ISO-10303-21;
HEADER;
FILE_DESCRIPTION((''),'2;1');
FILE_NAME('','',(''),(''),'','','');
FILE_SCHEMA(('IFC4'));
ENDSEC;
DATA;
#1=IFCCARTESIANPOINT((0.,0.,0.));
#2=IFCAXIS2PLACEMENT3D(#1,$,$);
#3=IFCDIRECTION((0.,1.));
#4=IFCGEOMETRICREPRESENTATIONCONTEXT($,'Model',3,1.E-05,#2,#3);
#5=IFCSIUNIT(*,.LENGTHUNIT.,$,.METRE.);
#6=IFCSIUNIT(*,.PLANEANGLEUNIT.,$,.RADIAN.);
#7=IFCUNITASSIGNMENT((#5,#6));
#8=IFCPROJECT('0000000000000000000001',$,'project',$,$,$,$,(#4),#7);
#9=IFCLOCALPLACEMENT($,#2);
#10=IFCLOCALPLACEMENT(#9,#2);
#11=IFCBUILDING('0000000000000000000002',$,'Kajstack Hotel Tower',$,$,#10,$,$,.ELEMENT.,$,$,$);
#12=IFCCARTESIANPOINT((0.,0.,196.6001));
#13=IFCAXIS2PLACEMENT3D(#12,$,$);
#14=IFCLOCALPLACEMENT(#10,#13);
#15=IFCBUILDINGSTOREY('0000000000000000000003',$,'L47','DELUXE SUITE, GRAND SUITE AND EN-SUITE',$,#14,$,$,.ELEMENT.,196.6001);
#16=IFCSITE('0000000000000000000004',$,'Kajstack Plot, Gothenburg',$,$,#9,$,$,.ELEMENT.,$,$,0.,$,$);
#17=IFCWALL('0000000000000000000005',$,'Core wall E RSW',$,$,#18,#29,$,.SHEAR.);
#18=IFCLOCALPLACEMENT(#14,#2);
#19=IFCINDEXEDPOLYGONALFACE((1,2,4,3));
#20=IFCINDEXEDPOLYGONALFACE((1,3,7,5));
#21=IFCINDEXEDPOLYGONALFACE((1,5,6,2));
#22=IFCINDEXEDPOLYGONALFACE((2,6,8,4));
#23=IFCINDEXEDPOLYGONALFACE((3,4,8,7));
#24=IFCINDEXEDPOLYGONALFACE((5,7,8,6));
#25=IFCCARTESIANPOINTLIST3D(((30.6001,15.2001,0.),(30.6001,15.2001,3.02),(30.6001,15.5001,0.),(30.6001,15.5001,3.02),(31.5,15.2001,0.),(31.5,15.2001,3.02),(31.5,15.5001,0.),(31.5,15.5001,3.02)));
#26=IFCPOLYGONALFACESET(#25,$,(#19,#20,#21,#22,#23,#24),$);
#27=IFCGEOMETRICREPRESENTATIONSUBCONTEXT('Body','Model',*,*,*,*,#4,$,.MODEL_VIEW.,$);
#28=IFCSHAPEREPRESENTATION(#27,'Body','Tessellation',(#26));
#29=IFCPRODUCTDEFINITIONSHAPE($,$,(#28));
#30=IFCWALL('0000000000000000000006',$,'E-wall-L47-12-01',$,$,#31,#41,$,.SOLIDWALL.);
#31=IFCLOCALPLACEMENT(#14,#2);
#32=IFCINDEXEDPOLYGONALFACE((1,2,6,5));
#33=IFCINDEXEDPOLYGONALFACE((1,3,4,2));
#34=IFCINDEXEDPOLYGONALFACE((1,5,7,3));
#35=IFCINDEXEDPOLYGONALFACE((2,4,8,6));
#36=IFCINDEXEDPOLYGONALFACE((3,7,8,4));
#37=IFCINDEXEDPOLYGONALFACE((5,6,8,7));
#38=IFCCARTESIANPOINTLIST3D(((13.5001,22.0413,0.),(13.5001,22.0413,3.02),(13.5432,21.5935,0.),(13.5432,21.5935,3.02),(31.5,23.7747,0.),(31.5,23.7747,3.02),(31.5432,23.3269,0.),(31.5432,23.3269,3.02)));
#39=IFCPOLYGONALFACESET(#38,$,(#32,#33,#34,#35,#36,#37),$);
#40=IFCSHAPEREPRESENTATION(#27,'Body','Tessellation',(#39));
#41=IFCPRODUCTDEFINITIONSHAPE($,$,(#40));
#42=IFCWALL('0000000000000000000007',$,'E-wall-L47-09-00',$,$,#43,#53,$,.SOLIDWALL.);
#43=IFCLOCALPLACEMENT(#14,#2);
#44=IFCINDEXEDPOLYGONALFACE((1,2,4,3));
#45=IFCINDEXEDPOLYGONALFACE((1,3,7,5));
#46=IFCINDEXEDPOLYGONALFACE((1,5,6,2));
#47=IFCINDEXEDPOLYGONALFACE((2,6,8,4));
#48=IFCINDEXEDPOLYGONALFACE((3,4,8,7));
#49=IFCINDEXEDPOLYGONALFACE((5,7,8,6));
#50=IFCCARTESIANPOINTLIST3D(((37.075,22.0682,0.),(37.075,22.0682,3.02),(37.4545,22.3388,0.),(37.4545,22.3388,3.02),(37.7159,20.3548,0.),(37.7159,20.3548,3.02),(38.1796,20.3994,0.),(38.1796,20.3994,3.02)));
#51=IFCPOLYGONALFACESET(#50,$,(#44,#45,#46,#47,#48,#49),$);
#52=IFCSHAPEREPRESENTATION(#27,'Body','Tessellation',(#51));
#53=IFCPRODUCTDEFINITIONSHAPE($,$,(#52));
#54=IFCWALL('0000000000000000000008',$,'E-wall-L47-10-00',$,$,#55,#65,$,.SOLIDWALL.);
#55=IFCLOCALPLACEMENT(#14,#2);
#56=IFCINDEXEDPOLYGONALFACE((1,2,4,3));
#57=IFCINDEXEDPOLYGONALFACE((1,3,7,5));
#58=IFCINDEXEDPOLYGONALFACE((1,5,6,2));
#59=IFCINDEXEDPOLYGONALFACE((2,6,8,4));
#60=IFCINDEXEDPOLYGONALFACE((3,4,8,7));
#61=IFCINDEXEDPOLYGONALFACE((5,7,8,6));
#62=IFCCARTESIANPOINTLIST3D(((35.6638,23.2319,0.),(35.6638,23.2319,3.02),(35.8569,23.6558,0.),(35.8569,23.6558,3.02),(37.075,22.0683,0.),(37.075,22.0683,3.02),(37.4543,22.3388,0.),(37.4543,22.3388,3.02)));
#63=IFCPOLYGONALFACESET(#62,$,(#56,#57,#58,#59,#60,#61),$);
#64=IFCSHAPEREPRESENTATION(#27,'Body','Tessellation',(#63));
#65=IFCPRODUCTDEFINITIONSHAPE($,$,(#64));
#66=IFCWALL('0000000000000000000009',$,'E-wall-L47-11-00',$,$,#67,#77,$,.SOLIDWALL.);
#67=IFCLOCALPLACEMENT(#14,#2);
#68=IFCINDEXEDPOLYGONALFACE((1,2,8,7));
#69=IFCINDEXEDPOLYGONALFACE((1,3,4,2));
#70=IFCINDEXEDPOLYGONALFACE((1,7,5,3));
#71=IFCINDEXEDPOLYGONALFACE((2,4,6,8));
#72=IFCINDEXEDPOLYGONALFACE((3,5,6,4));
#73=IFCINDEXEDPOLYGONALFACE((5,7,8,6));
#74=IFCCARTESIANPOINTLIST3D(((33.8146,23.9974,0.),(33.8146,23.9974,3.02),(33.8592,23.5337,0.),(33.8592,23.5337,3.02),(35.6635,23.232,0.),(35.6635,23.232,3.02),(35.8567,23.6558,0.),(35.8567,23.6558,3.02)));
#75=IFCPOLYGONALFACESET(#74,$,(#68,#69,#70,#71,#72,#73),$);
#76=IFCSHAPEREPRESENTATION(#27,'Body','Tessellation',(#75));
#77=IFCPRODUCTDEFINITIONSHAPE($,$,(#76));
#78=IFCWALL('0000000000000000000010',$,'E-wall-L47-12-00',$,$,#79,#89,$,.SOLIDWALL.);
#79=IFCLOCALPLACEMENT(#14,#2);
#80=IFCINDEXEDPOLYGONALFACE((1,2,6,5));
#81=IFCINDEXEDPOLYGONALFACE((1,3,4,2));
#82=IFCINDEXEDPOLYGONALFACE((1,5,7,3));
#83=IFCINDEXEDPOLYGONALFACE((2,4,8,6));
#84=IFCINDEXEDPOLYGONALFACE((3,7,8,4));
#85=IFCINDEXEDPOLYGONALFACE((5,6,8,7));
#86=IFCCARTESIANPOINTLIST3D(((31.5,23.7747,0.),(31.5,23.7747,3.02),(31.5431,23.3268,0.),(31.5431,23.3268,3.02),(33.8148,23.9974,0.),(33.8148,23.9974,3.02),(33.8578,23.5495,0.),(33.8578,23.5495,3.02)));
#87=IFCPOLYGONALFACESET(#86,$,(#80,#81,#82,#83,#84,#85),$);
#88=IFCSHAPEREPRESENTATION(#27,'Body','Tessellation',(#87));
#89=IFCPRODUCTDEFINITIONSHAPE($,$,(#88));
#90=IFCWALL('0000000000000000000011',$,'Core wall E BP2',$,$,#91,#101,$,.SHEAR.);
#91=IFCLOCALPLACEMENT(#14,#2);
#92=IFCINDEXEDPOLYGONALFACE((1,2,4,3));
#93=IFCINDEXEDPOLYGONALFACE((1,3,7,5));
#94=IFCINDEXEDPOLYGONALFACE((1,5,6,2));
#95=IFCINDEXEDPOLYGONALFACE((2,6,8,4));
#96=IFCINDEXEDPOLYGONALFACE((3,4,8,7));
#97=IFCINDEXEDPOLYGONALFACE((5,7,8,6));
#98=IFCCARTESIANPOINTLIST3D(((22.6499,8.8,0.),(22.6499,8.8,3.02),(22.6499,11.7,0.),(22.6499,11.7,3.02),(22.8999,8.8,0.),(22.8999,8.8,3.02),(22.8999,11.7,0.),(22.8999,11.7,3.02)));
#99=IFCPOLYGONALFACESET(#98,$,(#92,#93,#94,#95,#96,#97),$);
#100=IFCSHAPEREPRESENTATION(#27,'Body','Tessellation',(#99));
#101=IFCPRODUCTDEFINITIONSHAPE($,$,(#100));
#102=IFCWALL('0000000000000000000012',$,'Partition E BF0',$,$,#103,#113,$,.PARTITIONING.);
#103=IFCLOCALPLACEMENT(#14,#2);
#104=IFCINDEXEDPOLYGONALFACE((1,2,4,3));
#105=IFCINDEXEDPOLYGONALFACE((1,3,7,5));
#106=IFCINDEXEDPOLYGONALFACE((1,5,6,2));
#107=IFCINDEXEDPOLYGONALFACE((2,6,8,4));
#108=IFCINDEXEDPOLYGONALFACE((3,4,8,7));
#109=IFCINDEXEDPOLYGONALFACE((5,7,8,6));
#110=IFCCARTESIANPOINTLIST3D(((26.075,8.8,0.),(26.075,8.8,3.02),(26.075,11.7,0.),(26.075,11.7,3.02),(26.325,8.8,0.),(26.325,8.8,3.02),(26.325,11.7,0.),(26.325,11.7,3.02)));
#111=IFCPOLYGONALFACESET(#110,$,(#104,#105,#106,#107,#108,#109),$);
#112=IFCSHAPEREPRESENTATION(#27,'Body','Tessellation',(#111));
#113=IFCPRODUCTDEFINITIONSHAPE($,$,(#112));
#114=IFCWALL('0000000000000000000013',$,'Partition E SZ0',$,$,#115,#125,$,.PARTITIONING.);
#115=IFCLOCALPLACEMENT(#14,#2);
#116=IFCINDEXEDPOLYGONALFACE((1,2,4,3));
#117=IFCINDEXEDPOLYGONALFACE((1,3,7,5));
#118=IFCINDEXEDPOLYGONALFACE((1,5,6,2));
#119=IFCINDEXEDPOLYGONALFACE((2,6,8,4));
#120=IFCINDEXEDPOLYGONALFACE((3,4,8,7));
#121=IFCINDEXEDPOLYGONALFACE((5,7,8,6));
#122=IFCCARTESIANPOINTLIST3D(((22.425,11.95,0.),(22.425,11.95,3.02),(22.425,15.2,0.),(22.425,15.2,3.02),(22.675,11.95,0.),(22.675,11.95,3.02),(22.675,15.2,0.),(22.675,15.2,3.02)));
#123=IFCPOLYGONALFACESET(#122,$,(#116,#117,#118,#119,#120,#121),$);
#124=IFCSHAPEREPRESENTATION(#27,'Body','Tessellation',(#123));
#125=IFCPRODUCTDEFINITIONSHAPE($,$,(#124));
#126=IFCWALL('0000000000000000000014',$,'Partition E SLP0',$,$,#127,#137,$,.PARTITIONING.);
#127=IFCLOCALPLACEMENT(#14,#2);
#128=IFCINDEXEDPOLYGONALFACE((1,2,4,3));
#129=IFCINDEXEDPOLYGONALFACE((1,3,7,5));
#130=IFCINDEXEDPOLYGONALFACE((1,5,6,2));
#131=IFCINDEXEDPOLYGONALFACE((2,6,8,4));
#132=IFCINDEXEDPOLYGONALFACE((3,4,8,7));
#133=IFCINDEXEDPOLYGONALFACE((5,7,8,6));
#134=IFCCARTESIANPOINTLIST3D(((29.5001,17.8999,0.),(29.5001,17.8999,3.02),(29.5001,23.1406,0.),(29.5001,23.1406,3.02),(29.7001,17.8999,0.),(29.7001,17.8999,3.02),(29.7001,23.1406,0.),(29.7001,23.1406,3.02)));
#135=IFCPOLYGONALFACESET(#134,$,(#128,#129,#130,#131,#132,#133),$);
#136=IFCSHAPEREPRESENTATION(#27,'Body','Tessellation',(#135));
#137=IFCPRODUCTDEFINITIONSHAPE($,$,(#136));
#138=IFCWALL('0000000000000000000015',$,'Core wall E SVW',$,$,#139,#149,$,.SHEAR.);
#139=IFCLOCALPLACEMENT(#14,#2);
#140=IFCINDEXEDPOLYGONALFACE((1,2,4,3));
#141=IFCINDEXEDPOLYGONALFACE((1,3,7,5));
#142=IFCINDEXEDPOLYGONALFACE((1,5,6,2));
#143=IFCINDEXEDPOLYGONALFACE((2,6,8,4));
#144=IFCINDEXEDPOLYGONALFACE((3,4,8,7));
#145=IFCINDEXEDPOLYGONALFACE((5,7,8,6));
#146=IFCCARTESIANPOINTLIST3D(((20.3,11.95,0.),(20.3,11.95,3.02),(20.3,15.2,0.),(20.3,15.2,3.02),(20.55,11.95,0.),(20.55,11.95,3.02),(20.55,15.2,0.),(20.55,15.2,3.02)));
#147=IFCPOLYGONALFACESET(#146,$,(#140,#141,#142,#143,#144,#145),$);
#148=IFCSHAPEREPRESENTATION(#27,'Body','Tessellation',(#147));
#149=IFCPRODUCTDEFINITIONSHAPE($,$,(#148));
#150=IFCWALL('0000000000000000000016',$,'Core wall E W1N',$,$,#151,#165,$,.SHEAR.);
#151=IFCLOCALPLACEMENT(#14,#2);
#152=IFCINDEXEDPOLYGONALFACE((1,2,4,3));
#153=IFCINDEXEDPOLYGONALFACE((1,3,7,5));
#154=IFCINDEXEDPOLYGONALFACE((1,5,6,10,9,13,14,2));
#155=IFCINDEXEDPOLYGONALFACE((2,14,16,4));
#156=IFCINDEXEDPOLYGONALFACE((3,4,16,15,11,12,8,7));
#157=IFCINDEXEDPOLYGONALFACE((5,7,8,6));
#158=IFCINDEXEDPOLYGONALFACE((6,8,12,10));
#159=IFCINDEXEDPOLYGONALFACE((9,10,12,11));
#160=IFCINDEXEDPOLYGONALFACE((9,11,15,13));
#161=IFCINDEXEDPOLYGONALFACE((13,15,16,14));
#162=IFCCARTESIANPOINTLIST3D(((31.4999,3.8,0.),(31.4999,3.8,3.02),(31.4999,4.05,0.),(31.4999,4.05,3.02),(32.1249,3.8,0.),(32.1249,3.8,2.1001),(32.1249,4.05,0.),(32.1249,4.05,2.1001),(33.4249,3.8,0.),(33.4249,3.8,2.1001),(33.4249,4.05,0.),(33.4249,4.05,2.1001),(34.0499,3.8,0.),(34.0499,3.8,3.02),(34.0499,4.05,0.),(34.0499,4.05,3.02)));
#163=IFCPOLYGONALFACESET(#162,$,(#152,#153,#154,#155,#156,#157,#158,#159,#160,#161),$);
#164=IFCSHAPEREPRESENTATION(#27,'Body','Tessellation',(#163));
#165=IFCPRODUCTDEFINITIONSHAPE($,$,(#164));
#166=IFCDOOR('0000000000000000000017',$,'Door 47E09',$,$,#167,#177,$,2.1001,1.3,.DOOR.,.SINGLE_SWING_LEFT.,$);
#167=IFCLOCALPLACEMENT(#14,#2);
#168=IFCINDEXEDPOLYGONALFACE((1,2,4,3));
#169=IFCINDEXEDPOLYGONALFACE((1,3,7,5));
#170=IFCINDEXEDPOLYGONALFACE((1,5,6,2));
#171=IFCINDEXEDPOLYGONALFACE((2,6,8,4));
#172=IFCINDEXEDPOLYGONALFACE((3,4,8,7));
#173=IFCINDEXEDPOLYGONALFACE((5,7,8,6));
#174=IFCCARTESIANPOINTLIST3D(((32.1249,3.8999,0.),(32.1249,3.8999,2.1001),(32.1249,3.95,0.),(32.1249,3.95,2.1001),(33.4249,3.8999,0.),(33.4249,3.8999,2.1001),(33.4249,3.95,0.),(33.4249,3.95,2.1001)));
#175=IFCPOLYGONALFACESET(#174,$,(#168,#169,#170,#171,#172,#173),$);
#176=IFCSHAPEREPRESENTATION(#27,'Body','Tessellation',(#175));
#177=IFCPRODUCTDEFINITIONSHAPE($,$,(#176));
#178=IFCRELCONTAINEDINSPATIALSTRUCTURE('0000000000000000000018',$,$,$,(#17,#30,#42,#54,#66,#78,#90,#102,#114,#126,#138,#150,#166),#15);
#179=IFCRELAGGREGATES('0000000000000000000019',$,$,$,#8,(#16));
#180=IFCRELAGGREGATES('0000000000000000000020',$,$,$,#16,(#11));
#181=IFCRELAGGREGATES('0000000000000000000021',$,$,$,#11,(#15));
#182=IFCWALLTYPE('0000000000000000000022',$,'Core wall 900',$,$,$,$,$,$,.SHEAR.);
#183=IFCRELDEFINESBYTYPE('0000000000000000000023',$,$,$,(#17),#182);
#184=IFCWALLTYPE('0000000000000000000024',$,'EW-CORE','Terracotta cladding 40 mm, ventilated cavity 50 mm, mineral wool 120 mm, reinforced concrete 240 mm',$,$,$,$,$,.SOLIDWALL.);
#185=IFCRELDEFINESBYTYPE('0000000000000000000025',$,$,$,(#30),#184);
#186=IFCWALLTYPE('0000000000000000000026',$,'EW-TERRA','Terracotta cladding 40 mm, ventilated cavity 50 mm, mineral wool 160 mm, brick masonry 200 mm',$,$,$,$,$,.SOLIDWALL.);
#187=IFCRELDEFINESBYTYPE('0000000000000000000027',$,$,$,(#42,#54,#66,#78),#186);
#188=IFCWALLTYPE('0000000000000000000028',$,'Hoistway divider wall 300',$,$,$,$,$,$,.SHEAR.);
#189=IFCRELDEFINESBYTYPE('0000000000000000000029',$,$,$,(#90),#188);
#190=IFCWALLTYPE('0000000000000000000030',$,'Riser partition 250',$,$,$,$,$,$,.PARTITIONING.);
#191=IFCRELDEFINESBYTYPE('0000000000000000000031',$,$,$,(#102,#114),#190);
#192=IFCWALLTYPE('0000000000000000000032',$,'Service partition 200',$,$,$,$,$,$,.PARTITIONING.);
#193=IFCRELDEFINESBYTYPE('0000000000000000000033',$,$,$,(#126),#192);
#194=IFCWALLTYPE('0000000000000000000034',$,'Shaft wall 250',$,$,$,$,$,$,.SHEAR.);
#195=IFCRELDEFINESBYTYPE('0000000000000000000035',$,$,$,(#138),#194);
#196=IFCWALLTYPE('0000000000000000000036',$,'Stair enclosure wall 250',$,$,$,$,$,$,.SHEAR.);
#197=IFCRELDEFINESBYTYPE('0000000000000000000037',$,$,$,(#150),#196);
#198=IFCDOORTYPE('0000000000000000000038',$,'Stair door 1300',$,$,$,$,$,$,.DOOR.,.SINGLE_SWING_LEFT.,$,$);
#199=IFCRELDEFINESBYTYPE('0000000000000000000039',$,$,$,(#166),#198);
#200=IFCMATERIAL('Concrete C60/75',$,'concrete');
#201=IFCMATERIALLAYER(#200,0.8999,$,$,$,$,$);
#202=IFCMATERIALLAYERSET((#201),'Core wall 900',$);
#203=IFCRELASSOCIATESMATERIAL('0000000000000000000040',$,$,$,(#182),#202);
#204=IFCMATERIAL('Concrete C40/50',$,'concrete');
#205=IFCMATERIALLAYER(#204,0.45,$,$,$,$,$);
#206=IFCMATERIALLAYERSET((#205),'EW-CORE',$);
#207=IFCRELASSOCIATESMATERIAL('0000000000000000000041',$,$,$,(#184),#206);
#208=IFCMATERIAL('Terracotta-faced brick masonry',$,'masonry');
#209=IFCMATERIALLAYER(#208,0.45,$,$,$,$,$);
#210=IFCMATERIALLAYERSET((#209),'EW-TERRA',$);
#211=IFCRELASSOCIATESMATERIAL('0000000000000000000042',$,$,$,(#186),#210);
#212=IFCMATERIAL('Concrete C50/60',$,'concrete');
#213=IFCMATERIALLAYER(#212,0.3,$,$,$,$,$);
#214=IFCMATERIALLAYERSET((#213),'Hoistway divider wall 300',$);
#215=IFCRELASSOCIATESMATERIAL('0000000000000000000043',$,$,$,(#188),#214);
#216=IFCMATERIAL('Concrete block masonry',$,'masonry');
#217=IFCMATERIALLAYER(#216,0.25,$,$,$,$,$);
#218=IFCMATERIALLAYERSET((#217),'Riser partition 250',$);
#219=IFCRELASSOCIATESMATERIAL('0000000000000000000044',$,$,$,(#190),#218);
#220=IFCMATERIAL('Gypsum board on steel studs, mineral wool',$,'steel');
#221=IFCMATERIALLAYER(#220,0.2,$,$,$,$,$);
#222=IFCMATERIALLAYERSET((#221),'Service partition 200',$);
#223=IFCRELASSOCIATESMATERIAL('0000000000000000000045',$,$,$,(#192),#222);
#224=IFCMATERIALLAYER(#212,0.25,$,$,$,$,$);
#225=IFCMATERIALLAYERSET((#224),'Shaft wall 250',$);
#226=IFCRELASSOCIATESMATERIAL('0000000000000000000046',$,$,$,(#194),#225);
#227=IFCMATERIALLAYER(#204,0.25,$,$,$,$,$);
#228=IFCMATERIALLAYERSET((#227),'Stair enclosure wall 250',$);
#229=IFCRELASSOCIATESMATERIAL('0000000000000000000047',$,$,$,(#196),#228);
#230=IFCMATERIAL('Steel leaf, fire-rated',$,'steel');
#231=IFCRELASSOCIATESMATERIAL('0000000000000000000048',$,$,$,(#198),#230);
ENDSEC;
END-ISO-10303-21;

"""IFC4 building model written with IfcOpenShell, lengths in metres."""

from ifc_helpers import new_model, si_unit, direction, frame, frame_2d, origin, place, context, subcontext, project, spatial, polyline, rectangle, outline, extrude, material, layer, layer_set, type_object, element, fill, save


model = new_model("IFC4")

# Units and contexts
model_context = context("Model", 3, precision=1e-05, world=origin(), true_north=direction((0.0, 1.0)))
body_context = subcontext(model_context, "Body", "Model", "MODEL_VIEW")
ifc_project = project(units=[si_unit("LENGTHUNIT", "METRE"), si_unit("PLANEANGLEUNIT", "RADIAN")], contexts=[model_context])

# Site, building, storey
site_placement = place(None, origin())
site = spatial("IfcSite", under=ifc_project, at=site_placement, Name="Kajstack Plot, Gothenburg", CompositionType="ELEMENT", RefElevation=0.0)
building_placement = place(site_placement, origin())
building = spatial("IfcBuilding", under=site, at=building_placement, Name="Kajstack Hotel Tower", CompositionType="ELEMENT")
storey_placement = place(building_placement, frame((0.0, 0.0, 196.6001)))
storey = spatial("IfcBuildingStorey", under=building, at=storey_placement, Name="L47", Description="DELUXE SUITE, GRAND SUITE AND EN-SUITE", CompositionType="ELEMENT", Elevation=196.6001)

# Walls
ifc_material_1 = material(Name="Concrete C60/75", Category="concrete")
ifc_layer_1 = layer(ifc_material_1, 0.8999)
ifc_layer_set_1 = layer_set([ifc_layer_1], Name="Core wall 900")
wall_type_1 = type_object("IfcWallType", Name="Core wall 900", PredefinedType="SHEAR", material=ifc_layer_set_1)
wall_1_placement = place(storey_placement, frame((30.6001, 15.3501, 0.0), z_axis=(0.0, 0.0, 1.0), x_axis=(1.0, 0.0, 0.0)))
element("IfcWall", 1, at=wall_1_placement, inside=storey, type_object=wall_type_1, Name="Core wall E RSW", PredefinedType="SHEAR", context=body_context, shape_type="SweptSolid", body=[
    extrude(rectangle(XDim=0.8999, YDim=0.3, at=frame_2d((0.45, 0.0))), origin(), (0.0, 0.0, 1.0), 3.02),
])
ifc_material_2 = material(Name="Concrete C40/50", Category="concrete")
ifc_layer_2 = layer(ifc_material_2, 0.45)
ifc_layer_set_2 = layer_set([ifc_layer_2], Name="EW-CORE")
wall_type_2 = type_object("IfcWallType", Name="EW-CORE", Description="Terracotta cladding 40 mm, ventilated cavity 50 mm, mineral wool 120 mm, reinforced concrete 240 mm", PredefinedType="SOLIDWALL", material=ifc_layer_set_2)
wall_2_placement = place(storey_placement, frame((31.5215, 23.5508, 0.0), z_axis=(0.0, 0.0, 1.0), x_axis=(-0.995395, -0.095856, 0.0)))
element("IfcWall", 2, at=wall_2_placement, inside=storey, type_object=wall_type_2, Name="E-wall-L47-12-01", PredefinedType="SOLIDWALL", context=body_context, shape_type="SweptSolid", body=[
    extrude(rectangle(XDim=18.0833, YDim=0.45, at=frame_2d((9.0415, 0.0))), origin(), (0.0, 0.0, 1.0), 3.02),
])
ifc_material_3 = material(Name="Terracotta-faced brick masonry", Category="masonry")
ifc_layer_3 = layer(ifc_material_3, 0.45)
ifc_layer_set_3 = layer_set([ifc_layer_3], Name="EW-TERRA")
wall_type_3 = type_object("IfcWallType", Name="EW-TERRA", Description="Terracotta cladding 40 mm, ventilated cavity 50 mm, mineral wool 160 mm, brick masonry 200 mm", PredefinedType="SOLIDWALL", material=ifc_layer_set_3)
wall_3_placement = place(storey_placement, frame((37.9688, 20.3206, 0.0), z_axis=(0.0, 0.0, 1.0), x_axis=(-0.350193, 0.936678, 0.0)))
element("IfcWall", 3, at=wall_3_placement, inside=storey, type_object=wall_type_3, Name="E-wall-L47-09-00", PredefinedType="SOLIDWALL", context=body_context, shape_type="SweptSolid", body=[
    extrude(outline(polyline([(0.0, -0.2251), (2.0706, -0.2251), (1.95, 0.2251), (0.1206, 0.2249), (0.0, -0.2251)])), origin(), (0.0, 0.0, 1.0), 3.02),
])
wall_4_placement = place(storey_placement, frame((37.3113, 22.1653, 0.0), z_axis=(0.0, 0.0, 1.0), x_axis=(-0.771651, 0.636046, 0.0)))
element("IfcWall", 4, at=wall_4_placement, inside=storey, type_object=wall_type_3, Name="E-wall-L47-10-00", PredefinedType="SOLIDWALL", context=body_context, shape_type="SweptSolid", body=[
    extrude(outline(polyline([(0.0, -0.2249), (2.0703, -0.2251), (1.9497, 0.2249), (0.1206, 0.2251), (0.0, -0.2249)])), origin(), (0.0, 0.0, 1.0), 3.02),
])
wall_5_placement = place(storey_placement, frame((35.8196, 23.4338, 0.0), z_axis=(0.0, 0.0, 1.0), x_axis=(-0.986279, 0.165087, 0.0)))
element("IfcWall", 5, at=wall_5_placement, inside=storey, type_object=wall_type_3, Name="E-wall-L47-11-00", PredefinedType="SOLIDWALL", context=body_context, shape_type="SweptSolid", body=[
    extrude(outline(polyline([(0.0, -0.2251), (2.0706, -0.2249), (1.95, 0.2251), (0.1206, 0.2249), (0.0, -0.2251)])), origin(), (0.0, 0.0, 1.0), 3.02),
])
wall_6_placement = place(storey_placement, frame((33.8362, 23.7734, 0.0), z_axis=(0.0, 0.0, 1.0), x_axis=(-0.995405, -0.09575, 0.0)))
element("IfcWall", 6, at=wall_6_placement, inside=storey, type_object=wall_type_3, Name="E-wall-L47-12-00", PredefinedType="SOLIDWALL", context=body_context, shape_type="SweptSolid", body=[
    extrude(rectangle(XDim=2.3254, YDim=0.45, at=frame_2d((1.1626, 0.0))), origin(), (0.0, 0.0, 1.0), 3.02),
])
ifc_material_4 = material(Name="Concrete C50/60", Category="concrete")
ifc_layer_4 = layer(ifc_material_4, 0.3)
ifc_layer_set_4 = layer_set([ifc_layer_4], Name="Hoistway divider wall 300")
wall_type_4 = type_object("IfcWallType", Name="Hoistway divider wall 300", PredefinedType="SHEAR", material=ifc_layer_set_4)
wall_7_placement = place(storey_placement, frame((22.7749, 8.8, 0.0), z_axis=(0.0, 0.0, 1.0), x_axis=(0.0, 1.0, 0.0)))
element("IfcWall", 7, at=wall_7_placement, inside=storey, type_object=wall_type_4, Name="Core wall E BP2", PredefinedType="SHEAR", context=body_context, shape_type="SweptSolid", body=[
    extrude(rectangle(XDim=2.8999, YDim=0.25, at=frame_2d((1.45, 0.0))), origin(), (0.0, 0.0, 1.0), 3.02),
])
ifc_material_5 = material(Name="Concrete block masonry", Category="masonry")
ifc_layer_5 = layer(ifc_material_5, 0.25)
ifc_layer_set_5 = layer_set([ifc_layer_5], Name="Riser partition 250")
wall_type_5 = type_object("IfcWallType", Name="Riser partition 250", PredefinedType="PARTITIONING", material=ifc_layer_set_5)
wall_8_placement = place(storey_placement, frame((26.2, 8.8, 0.0), z_axis=(0.0, 0.0, 1.0), x_axis=(0.0, 1.0, 0.0)))
element("IfcWall", 8, at=wall_8_placement, inside=storey, type_object=wall_type_5, Name="Partition E BF0", PredefinedType="PARTITIONING", context=body_context, shape_type="SweptSolid", body=[
    extrude(rectangle(XDim=2.8999, YDim=0.25, at=frame_2d((1.45, 0.0))), origin(), (0.0, 0.0, 1.0), 3.02),
])
wall_9_placement = place(storey_placement, frame((22.55, 11.95, 0.0), z_axis=(0.0, 0.0, 1.0), x_axis=(0.0, 1.0, 0.0)))
element("IfcWall", 9, at=wall_9_placement, inside=storey, type_object=wall_type_5, Name="Partition E SZ0", PredefinedType="PARTITIONING", context=body_context, shape_type="SweptSolid", body=[
    extrude(rectangle(XDim=3.25, YDim=0.25, at=frame_2d((1.625, 0.0))), origin(), (0.0, 0.0, 1.0), 3.02),
])
ifc_material_6 = material(Name="Gypsum board on steel studs, mineral wool", Category="steel")
ifc_layer_6 = layer(ifc_material_6, 0.2)
ifc_layer_set_6 = layer_set([ifc_layer_6], Name="Service partition 200")
wall_type_6 = type_object("IfcWallType", Name="Service partition 200", PredefinedType="PARTITIONING", material=ifc_layer_set_6)
wall_10_placement = place(storey_placement, frame((29.6001, 17.8999, 0.0), z_axis=(0.0, 0.0, 1.0), x_axis=(0.0, 1.0, 0.0)))
element("IfcWall", 10, at=wall_10_placement, inside=storey, type_object=wall_type_6, Name="Partition E SLP0", PredefinedType="PARTITIONING", context=body_context, shape_type="SweptSolid", body=[
    extrude(rectangle(XDim=5.2407, YDim=0.2, at=frame_2d((2.6204, 0.0))), origin(), (0.0, 0.0, 1.0), 3.02),
])
ifc_layer_7 = layer(ifc_material_4, 0.25)
ifc_layer_set_7 = layer_set([ifc_layer_7], Name="Shaft wall 250")
wall_type_7 = type_object("IfcWallType", Name="Shaft wall 250", PredefinedType="SHEAR", material=ifc_layer_set_7)
wall_11_placement = place(storey_placement, frame((20.425, 11.95, 0.0), z_axis=(0.0, 0.0, 1.0), x_axis=(0.0, 1.0, 0.0)))
element("IfcWall", 11, at=wall_11_placement, inside=storey, type_object=wall_type_7, Name="Core wall E SVW", PredefinedType="SHEAR", context=body_context, shape_type="SweptSolid", body=[
    extrude(rectangle(XDim=3.25, YDim=0.25, at=frame_2d((1.625, 0.0))), origin(), (0.0, 0.0, 1.0), 3.02),
])

# Wall, opening, door
ifc_layer_8 = layer(ifc_material_2, 0.25)
ifc_layer_set_8 = layer_set([ifc_layer_8], Name="Stair enclosure wall 250")
wall_type_8 = type_object("IfcWallType", Name="Stair enclosure wall 250", PredefinedType="SHEAR", material=ifc_layer_set_8)
wall_12_placement = place(storey_placement, frame((31.5, 3.925, 0.0), z_axis=(0.0, 0.0, 1.0), x_axis=(1.0, 0.0, 0.0)))
wall_12 = element("IfcWall", 12, at=wall_12_placement, inside=storey, type_object=wall_type_8, Name="Core wall E W1N", PredefinedType="SHEAR", context=body_context, shape_type="SweptSolid", body=[
    extrude(rectangle(XDim=2.55, YDim=0.25, at=frame_2d((1.2749, 0.0))), origin(), (0.0, 0.0, 1.0), 3.02),
])
opening_placement = place(wall_12_placement, frame((0.625, 0.0, 0.0)))
opening = element("IfcOpeningElement", 13, at=opening_placement, cuts=wall_12, PredefinedType="OPENING", context=body_context, shape_type="SweptSolid", body=[
    extrude(rectangle(XDim=1.3, YDim=2.1001, at=frame_2d((0.6499, 1.05))), frame((0.0, 0.135, 0.0), z_axis=(0.0, -1.0, 0.0), x_axis=(1.0, 0.0, 0.0)), (0.0, 0.0, 1.0), 0.27),
])
ifc_material_7 = material(Name="Steel leaf, fire-rated", Category="steel")
door_type = type_object("IfcDoorType", Name="Stair door 1300", OperationType="SINGLE_SWING_LEFT", PredefinedType="DOOR", material=ifc_material_7)
door_placement = place(opening_placement, origin())
door = element("IfcDoor", 14, at=door_placement, inside=storey, type_object=door_type, Name="Door 47E09", OperationType="SINGLE_SWING_LEFT", OverallHeight=2.1001, OverallWidth=1.3, PredefinedType="DOOR", context=body_context, shape_type="SweptSolid", body=[
    extrude(rectangle(XDim=1.3, YDim=2.1001, at=frame_2d((0.6499, 1.05))), frame((0.0, 0.0249, 0.0), z_axis=(0.0, -1.0, 0.0), x_axis=(1.0, 0.0, 0.0)), (0.0, 0.0, 1.0), 0.05),
])
fill(opening, door)

save(model, "model.ifc")
